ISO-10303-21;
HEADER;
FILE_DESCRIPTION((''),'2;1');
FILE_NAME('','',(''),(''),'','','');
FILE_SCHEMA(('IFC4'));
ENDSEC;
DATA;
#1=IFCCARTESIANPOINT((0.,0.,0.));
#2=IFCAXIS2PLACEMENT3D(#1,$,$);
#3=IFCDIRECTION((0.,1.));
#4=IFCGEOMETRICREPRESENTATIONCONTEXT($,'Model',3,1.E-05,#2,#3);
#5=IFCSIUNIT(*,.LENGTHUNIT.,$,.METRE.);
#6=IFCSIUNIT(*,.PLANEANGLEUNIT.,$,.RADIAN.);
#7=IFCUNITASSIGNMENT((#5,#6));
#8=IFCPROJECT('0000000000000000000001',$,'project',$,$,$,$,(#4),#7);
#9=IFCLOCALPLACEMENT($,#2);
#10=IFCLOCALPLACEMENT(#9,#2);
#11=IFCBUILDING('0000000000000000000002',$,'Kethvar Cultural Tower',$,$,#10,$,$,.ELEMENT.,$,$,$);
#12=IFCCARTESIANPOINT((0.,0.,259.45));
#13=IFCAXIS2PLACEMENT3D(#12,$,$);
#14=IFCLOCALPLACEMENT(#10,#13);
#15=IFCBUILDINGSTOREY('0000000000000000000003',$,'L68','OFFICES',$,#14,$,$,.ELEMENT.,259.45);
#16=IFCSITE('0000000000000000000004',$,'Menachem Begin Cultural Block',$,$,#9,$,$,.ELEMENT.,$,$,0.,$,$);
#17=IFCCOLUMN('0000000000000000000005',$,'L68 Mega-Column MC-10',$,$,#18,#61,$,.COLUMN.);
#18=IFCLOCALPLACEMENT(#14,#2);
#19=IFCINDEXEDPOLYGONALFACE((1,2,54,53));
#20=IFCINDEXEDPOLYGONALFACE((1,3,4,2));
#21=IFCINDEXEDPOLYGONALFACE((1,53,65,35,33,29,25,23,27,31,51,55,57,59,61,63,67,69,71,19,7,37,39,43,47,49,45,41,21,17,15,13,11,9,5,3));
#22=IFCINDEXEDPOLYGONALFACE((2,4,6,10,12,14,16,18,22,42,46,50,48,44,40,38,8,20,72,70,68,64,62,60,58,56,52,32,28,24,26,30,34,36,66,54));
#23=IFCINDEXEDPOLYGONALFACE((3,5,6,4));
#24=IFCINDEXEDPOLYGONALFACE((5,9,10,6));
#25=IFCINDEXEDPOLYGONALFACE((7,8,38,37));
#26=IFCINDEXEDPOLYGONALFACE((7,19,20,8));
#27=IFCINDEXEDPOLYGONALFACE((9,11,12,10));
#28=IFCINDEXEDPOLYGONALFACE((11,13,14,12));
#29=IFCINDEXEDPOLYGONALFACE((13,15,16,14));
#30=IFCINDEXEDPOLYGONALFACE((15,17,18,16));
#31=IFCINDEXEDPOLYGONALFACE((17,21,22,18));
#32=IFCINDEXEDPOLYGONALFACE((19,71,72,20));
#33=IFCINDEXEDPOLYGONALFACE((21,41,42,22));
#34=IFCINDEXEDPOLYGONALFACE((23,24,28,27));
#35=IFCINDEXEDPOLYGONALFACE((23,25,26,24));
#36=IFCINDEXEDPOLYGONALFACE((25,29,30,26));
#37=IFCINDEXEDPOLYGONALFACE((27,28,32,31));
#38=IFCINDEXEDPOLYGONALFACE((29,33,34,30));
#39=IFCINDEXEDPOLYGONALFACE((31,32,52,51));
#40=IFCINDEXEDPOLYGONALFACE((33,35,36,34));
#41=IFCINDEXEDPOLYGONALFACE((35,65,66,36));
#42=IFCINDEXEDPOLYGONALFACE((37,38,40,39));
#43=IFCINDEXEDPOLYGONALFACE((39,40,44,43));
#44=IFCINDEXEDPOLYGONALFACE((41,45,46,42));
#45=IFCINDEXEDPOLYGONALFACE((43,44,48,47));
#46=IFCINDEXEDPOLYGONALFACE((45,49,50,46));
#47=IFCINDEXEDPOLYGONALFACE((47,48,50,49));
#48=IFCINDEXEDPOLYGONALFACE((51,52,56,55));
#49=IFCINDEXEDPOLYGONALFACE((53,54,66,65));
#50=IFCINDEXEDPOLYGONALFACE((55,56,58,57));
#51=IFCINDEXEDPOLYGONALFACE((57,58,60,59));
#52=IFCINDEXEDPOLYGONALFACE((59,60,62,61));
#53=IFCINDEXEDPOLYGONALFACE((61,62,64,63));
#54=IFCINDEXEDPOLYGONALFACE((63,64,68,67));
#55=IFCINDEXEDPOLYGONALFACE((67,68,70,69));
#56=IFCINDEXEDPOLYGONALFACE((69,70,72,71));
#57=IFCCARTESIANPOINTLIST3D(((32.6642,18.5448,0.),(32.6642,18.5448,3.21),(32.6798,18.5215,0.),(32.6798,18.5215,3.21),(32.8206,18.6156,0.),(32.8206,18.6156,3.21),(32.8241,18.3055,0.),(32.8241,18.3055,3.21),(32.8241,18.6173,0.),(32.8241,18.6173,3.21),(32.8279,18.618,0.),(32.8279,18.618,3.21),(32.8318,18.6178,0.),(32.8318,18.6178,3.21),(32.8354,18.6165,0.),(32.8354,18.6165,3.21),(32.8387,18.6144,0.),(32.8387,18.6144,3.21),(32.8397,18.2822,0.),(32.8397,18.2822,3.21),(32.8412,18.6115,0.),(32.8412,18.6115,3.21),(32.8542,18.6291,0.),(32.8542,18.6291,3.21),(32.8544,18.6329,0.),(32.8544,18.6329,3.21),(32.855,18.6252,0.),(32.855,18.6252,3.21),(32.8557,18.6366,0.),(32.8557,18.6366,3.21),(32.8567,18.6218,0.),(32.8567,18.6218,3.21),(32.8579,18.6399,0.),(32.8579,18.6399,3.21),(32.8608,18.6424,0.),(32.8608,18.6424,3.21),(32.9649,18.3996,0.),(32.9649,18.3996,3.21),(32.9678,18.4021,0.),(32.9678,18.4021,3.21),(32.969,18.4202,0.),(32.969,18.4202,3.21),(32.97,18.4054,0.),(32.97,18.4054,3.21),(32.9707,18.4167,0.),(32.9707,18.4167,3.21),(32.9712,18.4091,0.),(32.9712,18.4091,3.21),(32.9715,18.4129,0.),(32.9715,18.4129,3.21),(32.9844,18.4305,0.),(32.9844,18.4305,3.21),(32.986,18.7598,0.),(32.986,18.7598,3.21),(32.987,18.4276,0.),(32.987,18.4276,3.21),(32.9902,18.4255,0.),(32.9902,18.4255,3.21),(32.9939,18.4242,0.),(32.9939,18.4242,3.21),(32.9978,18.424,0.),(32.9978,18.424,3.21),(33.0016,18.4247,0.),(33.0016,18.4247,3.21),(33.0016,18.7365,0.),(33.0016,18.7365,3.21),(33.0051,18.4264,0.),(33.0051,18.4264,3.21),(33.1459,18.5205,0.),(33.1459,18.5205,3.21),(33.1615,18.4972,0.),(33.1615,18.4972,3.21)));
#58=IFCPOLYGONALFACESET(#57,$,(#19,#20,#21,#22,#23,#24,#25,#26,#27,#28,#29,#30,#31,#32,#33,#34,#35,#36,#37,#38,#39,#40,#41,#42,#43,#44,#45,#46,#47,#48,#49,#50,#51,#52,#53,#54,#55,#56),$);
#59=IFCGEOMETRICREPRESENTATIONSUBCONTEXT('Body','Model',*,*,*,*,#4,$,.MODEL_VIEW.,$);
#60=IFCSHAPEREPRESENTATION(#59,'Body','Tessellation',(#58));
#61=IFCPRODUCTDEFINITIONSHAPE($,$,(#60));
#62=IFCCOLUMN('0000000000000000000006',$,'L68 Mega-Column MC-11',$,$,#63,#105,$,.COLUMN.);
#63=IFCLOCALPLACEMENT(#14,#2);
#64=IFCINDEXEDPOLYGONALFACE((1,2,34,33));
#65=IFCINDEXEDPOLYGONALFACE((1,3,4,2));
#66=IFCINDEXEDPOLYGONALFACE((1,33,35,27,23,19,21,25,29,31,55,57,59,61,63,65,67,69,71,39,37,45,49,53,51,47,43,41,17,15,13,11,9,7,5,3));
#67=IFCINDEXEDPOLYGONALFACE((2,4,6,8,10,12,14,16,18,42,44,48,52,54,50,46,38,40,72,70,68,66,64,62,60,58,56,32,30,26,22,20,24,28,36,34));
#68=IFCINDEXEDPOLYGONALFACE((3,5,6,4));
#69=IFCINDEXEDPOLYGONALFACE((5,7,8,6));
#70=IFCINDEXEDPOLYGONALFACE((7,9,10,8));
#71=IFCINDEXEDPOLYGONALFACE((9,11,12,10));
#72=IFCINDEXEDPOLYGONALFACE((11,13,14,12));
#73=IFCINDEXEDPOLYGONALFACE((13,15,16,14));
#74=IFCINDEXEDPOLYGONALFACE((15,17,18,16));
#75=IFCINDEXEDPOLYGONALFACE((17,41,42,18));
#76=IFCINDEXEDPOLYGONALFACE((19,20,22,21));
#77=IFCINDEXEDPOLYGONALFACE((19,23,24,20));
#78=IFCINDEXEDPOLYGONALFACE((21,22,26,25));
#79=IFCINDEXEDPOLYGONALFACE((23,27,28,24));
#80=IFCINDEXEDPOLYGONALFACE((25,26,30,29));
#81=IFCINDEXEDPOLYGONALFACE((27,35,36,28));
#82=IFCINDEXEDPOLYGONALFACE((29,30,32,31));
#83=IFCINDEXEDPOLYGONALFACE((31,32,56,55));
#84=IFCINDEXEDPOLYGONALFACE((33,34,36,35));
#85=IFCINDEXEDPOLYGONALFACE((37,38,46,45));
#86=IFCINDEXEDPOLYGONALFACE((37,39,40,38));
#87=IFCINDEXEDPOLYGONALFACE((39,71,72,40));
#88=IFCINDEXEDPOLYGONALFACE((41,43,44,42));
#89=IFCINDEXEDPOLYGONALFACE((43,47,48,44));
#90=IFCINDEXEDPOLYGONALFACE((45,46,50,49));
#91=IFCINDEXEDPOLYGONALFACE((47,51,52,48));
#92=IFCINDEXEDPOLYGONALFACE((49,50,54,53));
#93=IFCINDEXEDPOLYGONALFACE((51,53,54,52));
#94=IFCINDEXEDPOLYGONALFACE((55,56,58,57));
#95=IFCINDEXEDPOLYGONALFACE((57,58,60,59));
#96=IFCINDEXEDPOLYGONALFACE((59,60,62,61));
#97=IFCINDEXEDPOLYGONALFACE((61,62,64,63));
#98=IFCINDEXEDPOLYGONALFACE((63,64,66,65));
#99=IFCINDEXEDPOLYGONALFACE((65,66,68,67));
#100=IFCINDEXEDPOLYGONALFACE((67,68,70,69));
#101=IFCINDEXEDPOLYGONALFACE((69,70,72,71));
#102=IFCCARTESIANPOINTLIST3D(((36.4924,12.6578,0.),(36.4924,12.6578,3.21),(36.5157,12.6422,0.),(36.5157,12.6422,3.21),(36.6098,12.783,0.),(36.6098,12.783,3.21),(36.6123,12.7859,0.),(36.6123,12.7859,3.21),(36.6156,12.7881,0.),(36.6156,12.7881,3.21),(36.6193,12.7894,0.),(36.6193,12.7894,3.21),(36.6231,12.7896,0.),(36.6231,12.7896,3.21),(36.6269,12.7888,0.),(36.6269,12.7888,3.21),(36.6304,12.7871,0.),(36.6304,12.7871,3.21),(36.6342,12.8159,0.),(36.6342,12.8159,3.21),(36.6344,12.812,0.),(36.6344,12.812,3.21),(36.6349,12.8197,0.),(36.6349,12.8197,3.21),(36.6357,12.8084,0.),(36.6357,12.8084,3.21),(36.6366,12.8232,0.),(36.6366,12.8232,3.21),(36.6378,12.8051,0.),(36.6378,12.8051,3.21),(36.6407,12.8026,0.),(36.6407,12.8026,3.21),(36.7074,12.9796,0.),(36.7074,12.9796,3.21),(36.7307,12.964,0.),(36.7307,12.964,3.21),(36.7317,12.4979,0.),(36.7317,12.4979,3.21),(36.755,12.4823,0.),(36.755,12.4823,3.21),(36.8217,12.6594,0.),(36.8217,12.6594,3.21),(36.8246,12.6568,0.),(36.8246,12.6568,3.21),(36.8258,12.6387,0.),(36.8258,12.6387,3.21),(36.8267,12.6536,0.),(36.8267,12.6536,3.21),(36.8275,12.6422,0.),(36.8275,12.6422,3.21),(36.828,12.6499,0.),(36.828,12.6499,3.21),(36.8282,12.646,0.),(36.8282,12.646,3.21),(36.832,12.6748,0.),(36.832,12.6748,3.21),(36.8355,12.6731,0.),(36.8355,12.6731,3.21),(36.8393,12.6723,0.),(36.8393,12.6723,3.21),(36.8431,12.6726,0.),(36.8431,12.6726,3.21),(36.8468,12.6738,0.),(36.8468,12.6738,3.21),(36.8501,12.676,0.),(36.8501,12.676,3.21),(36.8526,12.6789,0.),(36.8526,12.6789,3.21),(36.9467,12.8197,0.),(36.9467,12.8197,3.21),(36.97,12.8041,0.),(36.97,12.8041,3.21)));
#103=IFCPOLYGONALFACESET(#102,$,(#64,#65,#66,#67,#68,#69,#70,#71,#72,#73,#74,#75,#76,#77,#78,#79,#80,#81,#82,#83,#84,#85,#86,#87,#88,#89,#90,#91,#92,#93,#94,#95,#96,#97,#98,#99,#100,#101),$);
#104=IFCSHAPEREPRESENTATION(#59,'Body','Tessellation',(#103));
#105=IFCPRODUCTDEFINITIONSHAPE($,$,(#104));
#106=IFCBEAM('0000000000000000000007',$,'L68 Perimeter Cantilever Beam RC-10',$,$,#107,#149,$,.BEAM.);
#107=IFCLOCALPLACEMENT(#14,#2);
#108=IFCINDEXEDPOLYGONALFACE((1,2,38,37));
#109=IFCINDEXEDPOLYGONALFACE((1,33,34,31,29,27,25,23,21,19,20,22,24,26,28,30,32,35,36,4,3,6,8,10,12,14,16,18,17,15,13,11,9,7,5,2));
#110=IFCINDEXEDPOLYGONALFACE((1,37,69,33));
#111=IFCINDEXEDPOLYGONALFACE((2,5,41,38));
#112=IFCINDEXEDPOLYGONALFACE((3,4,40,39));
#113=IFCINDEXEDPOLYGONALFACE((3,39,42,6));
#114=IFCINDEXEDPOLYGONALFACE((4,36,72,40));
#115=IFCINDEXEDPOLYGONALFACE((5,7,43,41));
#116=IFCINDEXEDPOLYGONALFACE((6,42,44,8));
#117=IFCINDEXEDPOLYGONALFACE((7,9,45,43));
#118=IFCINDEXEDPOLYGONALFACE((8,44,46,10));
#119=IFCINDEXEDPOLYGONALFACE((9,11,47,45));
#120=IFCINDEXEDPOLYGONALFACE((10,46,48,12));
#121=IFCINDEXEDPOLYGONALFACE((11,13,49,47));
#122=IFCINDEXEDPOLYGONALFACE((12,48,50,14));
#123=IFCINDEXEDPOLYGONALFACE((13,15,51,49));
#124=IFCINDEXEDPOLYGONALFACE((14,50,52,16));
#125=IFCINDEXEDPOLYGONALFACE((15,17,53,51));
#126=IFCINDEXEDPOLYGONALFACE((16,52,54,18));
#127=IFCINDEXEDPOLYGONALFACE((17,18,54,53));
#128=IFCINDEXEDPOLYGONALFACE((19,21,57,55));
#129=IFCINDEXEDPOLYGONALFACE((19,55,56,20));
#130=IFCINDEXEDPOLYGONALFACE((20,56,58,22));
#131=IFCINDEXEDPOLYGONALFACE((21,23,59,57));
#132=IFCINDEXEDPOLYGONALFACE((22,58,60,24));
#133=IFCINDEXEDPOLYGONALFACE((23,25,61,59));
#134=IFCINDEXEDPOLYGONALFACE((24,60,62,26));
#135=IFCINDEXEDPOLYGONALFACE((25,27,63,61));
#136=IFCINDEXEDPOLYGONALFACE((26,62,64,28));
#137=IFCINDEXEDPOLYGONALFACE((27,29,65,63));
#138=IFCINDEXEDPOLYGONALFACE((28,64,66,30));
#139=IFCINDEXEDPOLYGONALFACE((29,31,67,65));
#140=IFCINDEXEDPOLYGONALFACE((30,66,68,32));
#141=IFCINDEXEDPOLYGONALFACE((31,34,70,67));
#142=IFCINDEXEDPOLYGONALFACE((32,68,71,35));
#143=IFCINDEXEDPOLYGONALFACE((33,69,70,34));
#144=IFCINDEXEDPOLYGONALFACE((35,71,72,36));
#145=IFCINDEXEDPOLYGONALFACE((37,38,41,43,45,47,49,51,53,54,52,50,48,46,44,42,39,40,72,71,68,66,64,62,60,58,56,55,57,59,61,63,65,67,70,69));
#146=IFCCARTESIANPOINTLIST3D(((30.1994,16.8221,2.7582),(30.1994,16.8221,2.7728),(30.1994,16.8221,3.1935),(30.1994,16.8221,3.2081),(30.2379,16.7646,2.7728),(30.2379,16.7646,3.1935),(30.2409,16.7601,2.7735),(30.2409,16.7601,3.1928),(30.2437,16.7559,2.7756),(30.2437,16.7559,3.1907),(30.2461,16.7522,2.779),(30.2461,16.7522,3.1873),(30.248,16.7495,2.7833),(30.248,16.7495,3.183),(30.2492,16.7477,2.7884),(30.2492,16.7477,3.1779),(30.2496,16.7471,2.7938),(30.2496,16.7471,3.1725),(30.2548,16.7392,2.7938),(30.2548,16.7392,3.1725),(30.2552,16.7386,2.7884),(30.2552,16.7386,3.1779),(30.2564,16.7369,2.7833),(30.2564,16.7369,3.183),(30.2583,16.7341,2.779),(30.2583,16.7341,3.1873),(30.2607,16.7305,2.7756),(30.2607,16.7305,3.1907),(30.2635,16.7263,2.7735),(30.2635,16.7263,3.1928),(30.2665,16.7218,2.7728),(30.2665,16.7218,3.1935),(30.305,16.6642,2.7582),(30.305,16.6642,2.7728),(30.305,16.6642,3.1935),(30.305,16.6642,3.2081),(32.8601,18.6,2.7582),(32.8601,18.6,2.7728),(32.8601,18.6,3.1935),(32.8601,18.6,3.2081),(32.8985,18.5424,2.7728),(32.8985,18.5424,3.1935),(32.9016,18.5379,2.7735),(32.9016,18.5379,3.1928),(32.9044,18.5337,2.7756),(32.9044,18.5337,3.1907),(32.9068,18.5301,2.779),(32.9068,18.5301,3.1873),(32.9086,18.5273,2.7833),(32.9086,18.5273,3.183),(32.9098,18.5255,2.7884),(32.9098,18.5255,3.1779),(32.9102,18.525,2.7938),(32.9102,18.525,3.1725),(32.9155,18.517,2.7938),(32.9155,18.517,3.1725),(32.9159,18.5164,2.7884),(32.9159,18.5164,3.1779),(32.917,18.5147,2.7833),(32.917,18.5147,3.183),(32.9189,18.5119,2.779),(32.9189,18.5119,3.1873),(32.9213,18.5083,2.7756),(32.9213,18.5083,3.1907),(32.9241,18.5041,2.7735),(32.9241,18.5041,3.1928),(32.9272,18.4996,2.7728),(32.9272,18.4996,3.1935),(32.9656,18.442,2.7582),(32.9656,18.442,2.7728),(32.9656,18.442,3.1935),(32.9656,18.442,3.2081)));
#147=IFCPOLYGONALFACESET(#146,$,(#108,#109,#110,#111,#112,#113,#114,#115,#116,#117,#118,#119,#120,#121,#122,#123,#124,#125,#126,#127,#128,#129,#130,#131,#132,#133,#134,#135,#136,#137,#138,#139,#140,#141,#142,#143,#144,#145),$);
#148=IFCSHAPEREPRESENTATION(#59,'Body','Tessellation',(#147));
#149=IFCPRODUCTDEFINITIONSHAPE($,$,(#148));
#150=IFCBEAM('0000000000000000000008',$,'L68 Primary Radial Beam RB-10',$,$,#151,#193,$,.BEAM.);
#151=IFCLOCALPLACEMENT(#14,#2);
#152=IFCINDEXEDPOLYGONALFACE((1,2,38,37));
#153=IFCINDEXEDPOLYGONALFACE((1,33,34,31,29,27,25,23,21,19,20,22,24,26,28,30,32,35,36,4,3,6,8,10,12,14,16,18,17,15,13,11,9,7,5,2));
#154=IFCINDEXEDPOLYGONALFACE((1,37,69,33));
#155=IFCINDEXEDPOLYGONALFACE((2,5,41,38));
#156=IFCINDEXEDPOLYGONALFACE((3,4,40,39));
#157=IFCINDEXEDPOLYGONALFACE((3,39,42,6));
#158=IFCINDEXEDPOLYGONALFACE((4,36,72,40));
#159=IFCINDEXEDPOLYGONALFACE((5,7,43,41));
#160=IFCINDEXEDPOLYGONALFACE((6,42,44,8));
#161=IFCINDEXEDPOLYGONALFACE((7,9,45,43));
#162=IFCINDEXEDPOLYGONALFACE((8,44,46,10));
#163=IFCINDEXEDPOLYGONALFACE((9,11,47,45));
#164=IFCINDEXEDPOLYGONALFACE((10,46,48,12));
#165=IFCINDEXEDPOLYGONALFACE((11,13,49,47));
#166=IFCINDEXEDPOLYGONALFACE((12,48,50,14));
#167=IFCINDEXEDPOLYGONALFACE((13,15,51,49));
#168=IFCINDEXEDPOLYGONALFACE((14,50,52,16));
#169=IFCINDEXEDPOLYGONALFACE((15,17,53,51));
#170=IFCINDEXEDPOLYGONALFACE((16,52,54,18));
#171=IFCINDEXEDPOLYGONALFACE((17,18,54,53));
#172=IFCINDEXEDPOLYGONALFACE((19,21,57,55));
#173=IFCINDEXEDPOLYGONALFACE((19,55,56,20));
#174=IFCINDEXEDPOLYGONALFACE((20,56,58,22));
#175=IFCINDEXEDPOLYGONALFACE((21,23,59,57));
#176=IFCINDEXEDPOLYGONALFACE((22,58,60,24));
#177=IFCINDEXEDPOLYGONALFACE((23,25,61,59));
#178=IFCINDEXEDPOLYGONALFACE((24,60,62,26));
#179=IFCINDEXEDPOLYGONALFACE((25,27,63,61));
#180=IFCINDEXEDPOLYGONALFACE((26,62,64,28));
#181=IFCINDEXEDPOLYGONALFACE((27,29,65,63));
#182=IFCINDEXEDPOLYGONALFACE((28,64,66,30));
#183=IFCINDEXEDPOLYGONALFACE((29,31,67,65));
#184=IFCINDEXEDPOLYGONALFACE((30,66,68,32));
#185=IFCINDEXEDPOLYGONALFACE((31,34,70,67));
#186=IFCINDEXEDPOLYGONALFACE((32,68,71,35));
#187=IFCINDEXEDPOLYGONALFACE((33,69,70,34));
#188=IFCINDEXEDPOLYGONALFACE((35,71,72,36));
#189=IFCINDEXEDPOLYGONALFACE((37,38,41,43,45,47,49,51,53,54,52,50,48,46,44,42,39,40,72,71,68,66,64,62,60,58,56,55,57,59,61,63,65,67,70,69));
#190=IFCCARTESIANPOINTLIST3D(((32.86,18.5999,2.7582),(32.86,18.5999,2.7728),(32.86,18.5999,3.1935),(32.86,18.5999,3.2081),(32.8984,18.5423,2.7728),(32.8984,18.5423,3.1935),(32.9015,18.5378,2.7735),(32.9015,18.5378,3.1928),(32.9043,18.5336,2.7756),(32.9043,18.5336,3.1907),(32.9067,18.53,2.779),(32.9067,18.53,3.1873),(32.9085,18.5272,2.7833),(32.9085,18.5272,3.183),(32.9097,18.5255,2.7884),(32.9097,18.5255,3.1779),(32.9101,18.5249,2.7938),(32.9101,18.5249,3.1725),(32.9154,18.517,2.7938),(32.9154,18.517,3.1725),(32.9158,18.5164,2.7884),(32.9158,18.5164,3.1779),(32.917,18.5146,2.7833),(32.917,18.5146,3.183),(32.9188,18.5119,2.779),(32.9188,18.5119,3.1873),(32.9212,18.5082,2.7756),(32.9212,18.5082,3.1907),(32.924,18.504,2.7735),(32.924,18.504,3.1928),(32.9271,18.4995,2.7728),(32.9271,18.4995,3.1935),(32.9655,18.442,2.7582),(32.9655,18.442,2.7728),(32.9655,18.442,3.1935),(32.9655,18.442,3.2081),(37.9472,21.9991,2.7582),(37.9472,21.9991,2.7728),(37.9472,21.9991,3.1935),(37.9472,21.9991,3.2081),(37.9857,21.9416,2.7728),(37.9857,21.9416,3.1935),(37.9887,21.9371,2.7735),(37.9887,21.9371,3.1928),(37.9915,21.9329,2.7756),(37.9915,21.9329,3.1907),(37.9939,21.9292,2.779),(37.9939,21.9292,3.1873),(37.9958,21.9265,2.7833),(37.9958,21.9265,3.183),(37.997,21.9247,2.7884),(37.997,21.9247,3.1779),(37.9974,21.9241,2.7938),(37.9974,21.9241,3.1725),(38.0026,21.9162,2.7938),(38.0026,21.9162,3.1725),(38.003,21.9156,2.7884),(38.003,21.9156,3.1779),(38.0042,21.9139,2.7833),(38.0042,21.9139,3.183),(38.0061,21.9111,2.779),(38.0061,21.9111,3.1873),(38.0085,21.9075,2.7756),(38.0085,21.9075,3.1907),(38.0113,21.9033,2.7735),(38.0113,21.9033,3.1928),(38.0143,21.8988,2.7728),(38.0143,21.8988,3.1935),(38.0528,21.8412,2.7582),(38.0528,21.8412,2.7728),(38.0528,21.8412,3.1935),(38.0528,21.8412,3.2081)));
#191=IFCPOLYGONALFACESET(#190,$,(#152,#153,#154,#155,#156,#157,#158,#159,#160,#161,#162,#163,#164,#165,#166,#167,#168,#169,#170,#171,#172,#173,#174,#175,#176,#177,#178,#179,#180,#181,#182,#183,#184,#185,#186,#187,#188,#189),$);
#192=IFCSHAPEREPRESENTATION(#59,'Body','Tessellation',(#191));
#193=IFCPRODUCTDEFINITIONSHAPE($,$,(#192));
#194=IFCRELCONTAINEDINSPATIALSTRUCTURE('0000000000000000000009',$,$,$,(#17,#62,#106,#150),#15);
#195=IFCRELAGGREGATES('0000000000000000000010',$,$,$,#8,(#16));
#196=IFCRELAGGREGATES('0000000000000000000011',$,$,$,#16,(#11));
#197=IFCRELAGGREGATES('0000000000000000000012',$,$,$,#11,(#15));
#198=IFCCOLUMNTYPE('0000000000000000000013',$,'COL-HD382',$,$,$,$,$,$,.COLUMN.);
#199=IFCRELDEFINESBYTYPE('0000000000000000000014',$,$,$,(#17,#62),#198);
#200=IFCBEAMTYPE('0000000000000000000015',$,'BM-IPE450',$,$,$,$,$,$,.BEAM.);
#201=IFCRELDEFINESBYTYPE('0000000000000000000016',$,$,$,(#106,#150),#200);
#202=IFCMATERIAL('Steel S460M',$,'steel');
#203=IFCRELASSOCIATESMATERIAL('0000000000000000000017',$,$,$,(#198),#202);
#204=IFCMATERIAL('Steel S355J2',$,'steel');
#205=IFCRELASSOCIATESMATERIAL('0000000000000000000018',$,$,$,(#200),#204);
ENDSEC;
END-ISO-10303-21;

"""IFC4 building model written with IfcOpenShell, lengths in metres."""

from ifc_helpers import new_model, si_unit, direction, frame, origin, origin_2d, place, context, subcontext, project, spatial, i_section, extrude, source, transform, mapped, material, material_profile, profile_set, type_object, element, save


model = new_model("IFC4")

# Units and contexts
model_context = context("Model", 3, precision=1e-05, world=origin(), true_north=direction((0.0, 1.0)))
body_context = subcontext(model_context, "Body", "Model", "MODEL_VIEW")
ifc_project = project(units=[si_unit("LENGTHUNIT", "METRE"), si_unit("PLANEANGLEUNIT", "RADIAN")], contexts=[model_context])

# Site, building, storey
site_placement = place(None, origin())
site = spatial("IfcSite", under=ifc_project, at=site_placement, Name="Menachem Begin Cultural Block", CompositionType="ELEMENT", RefElevation=0.0)
building_placement = place(site_placement, origin())
building = spatial("IfcBuilding", under=site, at=building_placement, Name="Kethvar Cultural Tower", CompositionType="ELEMENT")
storey_placement = place(building_placement, frame((0.0, 0.0, 259.45)))
storey = spatial("IfcBuildingStorey", under=building, at=storey_placement, Name="L68", Description="OFFICES", CompositionType="ELEMENT", Elevation=259.45)

# Columns
ifc_material_1 = material(Name="Steel S460M", Category="steel")
ifc_material_profile_1 = material_profile(ifc_material_1, i_section(OverallWidth=0.387, OverallDepth=0.3159, WebThickness=0.0186, FlangeThickness=0.0281, FilletRadius=0.0149, at=origin_2d()), Name="Steel S460M — HD400x382")
ifc_profile_set_1 = profile_set([ifc_material_profile_1], Name="Steel S460M — HD400x382")
column_type = type_object("IfcColumnType", Name="COL-HD382", PredefinedType="COLUMN", material=ifc_profile_set_1)
shared_shape_1 = source(origin(), body_context, "Body", "SweptSolid", [
    extrude(i_section(OverallWidth=0.387, OverallDepth=0.3159, WebThickness=0.0186, FlangeThickness=0.0281, FilletRadius=0.0149, at=origin_2d()), origin(), (0.0, 0.0, 1.0), 3.21),
])
for number, where, z_axis, x_axis, name in (
    (1, (32.9128, 18.521, 0.0), (0.0, 0.0, 1.0), (-0.83147, -0.55557, 0.0), "L68 Mega-Column MC-10"),
    (2, (36.7312, 12.731, 0.0), (0.0, 0.0, 1.0), (-0.55557, -0.83147, 0.0), "L68 Mega-Column MC-11"),
):
    element("IfcColumn", number, at=place(storey_placement, frame(where, z_axis=z_axis, x_axis=x_axis)), inside=storey, type_object=column_type, Name=name, PredefinedType="COLUMN", context=body_context, shape_type="MappedRepresentation", body=[
        mapped(shared_shape_1, transform((0.0, 0.0, 0.0), scale=1.0)),
    ])

# Beams
ifc_material_2 = material(Name="Steel S355J2", Category="steel")
ifc_material_profile_2 = material_profile(ifc_material_2, i_section(OverallWidth=0.1899, OverallDepth=0.45, WebThickness=0.0095, FlangeThickness=0.0146, FilletRadius=0.021, at=origin_2d()), Name="Steel S355J2 — IPE450")
ifc_profile_set_2 = profile_set([ifc_material_profile_2], Name="Steel S355J2 — IPE450")
beam_type_1 = type_object("IfcBeamType", Name="BM-IPE450", PredefinedType="BEAM", material=ifc_profile_set_2)
shared_shape_2 = source(origin(), body_context, "Body", "SweptSolid", [
    extrude(i_section(OverallWidth=0.1899, OverallDepth=0.45, WebThickness=0.0095, FlangeThickness=0.0146, FilletRadius=0.021, at=origin_2d()), origin(), (0.0, 0.0, 1.0), 3.2),
])
beam_1_placement = place(storey_placement, frame((32.9128, 18.521, 2.9832), z_axis=(-0.831463, -0.55558, 0.0), x_axis=(0.55558, -0.831463, 0.0)))
element("IfcBeam", 3, at=beam_1_placement, inside=storey, type_object=beam_type_1, Name="L68 Perimeter Cantilever Beam RC-10", PredefinedType="BEAM", context=body_context, shape_type="MappedRepresentation", body=[
    mapped(shared_shape_2, transform((0.0, 0.0, 0.0), scale=1.0)),
])
shared_shape_3 = source(origin(), body_context, "Body", "SweptSolid", [
    extrude(i_section(OverallWidth=0.1899, OverallDepth=0.45, WebThickness=0.0095, FlangeThickness=0.0146, FilletRadius=0.021, at=origin_2d()), origin(), (0.0, 0.0, 1.0), 6.1184),
])
beam_2_placement = place(storey_placement, frame((38.0, 21.9202, 2.9832), z_axis=(-0.831467, -0.555575, 0.0), x_axis=(0.555575, -0.831467, 0.0)))
element("IfcBeam", 4, at=beam_2_placement, inside=storey, type_object=beam_type_1, Name="L68 Primary Radial Beam RB-10", PredefinedType="BEAM", context=body_context, shape_type="MappedRepresentation", body=[
    mapped(shared_shape_3, transform((0.0, 0.0, 0.0), scale=1.0)),
])

save(model, "model.ifc")
